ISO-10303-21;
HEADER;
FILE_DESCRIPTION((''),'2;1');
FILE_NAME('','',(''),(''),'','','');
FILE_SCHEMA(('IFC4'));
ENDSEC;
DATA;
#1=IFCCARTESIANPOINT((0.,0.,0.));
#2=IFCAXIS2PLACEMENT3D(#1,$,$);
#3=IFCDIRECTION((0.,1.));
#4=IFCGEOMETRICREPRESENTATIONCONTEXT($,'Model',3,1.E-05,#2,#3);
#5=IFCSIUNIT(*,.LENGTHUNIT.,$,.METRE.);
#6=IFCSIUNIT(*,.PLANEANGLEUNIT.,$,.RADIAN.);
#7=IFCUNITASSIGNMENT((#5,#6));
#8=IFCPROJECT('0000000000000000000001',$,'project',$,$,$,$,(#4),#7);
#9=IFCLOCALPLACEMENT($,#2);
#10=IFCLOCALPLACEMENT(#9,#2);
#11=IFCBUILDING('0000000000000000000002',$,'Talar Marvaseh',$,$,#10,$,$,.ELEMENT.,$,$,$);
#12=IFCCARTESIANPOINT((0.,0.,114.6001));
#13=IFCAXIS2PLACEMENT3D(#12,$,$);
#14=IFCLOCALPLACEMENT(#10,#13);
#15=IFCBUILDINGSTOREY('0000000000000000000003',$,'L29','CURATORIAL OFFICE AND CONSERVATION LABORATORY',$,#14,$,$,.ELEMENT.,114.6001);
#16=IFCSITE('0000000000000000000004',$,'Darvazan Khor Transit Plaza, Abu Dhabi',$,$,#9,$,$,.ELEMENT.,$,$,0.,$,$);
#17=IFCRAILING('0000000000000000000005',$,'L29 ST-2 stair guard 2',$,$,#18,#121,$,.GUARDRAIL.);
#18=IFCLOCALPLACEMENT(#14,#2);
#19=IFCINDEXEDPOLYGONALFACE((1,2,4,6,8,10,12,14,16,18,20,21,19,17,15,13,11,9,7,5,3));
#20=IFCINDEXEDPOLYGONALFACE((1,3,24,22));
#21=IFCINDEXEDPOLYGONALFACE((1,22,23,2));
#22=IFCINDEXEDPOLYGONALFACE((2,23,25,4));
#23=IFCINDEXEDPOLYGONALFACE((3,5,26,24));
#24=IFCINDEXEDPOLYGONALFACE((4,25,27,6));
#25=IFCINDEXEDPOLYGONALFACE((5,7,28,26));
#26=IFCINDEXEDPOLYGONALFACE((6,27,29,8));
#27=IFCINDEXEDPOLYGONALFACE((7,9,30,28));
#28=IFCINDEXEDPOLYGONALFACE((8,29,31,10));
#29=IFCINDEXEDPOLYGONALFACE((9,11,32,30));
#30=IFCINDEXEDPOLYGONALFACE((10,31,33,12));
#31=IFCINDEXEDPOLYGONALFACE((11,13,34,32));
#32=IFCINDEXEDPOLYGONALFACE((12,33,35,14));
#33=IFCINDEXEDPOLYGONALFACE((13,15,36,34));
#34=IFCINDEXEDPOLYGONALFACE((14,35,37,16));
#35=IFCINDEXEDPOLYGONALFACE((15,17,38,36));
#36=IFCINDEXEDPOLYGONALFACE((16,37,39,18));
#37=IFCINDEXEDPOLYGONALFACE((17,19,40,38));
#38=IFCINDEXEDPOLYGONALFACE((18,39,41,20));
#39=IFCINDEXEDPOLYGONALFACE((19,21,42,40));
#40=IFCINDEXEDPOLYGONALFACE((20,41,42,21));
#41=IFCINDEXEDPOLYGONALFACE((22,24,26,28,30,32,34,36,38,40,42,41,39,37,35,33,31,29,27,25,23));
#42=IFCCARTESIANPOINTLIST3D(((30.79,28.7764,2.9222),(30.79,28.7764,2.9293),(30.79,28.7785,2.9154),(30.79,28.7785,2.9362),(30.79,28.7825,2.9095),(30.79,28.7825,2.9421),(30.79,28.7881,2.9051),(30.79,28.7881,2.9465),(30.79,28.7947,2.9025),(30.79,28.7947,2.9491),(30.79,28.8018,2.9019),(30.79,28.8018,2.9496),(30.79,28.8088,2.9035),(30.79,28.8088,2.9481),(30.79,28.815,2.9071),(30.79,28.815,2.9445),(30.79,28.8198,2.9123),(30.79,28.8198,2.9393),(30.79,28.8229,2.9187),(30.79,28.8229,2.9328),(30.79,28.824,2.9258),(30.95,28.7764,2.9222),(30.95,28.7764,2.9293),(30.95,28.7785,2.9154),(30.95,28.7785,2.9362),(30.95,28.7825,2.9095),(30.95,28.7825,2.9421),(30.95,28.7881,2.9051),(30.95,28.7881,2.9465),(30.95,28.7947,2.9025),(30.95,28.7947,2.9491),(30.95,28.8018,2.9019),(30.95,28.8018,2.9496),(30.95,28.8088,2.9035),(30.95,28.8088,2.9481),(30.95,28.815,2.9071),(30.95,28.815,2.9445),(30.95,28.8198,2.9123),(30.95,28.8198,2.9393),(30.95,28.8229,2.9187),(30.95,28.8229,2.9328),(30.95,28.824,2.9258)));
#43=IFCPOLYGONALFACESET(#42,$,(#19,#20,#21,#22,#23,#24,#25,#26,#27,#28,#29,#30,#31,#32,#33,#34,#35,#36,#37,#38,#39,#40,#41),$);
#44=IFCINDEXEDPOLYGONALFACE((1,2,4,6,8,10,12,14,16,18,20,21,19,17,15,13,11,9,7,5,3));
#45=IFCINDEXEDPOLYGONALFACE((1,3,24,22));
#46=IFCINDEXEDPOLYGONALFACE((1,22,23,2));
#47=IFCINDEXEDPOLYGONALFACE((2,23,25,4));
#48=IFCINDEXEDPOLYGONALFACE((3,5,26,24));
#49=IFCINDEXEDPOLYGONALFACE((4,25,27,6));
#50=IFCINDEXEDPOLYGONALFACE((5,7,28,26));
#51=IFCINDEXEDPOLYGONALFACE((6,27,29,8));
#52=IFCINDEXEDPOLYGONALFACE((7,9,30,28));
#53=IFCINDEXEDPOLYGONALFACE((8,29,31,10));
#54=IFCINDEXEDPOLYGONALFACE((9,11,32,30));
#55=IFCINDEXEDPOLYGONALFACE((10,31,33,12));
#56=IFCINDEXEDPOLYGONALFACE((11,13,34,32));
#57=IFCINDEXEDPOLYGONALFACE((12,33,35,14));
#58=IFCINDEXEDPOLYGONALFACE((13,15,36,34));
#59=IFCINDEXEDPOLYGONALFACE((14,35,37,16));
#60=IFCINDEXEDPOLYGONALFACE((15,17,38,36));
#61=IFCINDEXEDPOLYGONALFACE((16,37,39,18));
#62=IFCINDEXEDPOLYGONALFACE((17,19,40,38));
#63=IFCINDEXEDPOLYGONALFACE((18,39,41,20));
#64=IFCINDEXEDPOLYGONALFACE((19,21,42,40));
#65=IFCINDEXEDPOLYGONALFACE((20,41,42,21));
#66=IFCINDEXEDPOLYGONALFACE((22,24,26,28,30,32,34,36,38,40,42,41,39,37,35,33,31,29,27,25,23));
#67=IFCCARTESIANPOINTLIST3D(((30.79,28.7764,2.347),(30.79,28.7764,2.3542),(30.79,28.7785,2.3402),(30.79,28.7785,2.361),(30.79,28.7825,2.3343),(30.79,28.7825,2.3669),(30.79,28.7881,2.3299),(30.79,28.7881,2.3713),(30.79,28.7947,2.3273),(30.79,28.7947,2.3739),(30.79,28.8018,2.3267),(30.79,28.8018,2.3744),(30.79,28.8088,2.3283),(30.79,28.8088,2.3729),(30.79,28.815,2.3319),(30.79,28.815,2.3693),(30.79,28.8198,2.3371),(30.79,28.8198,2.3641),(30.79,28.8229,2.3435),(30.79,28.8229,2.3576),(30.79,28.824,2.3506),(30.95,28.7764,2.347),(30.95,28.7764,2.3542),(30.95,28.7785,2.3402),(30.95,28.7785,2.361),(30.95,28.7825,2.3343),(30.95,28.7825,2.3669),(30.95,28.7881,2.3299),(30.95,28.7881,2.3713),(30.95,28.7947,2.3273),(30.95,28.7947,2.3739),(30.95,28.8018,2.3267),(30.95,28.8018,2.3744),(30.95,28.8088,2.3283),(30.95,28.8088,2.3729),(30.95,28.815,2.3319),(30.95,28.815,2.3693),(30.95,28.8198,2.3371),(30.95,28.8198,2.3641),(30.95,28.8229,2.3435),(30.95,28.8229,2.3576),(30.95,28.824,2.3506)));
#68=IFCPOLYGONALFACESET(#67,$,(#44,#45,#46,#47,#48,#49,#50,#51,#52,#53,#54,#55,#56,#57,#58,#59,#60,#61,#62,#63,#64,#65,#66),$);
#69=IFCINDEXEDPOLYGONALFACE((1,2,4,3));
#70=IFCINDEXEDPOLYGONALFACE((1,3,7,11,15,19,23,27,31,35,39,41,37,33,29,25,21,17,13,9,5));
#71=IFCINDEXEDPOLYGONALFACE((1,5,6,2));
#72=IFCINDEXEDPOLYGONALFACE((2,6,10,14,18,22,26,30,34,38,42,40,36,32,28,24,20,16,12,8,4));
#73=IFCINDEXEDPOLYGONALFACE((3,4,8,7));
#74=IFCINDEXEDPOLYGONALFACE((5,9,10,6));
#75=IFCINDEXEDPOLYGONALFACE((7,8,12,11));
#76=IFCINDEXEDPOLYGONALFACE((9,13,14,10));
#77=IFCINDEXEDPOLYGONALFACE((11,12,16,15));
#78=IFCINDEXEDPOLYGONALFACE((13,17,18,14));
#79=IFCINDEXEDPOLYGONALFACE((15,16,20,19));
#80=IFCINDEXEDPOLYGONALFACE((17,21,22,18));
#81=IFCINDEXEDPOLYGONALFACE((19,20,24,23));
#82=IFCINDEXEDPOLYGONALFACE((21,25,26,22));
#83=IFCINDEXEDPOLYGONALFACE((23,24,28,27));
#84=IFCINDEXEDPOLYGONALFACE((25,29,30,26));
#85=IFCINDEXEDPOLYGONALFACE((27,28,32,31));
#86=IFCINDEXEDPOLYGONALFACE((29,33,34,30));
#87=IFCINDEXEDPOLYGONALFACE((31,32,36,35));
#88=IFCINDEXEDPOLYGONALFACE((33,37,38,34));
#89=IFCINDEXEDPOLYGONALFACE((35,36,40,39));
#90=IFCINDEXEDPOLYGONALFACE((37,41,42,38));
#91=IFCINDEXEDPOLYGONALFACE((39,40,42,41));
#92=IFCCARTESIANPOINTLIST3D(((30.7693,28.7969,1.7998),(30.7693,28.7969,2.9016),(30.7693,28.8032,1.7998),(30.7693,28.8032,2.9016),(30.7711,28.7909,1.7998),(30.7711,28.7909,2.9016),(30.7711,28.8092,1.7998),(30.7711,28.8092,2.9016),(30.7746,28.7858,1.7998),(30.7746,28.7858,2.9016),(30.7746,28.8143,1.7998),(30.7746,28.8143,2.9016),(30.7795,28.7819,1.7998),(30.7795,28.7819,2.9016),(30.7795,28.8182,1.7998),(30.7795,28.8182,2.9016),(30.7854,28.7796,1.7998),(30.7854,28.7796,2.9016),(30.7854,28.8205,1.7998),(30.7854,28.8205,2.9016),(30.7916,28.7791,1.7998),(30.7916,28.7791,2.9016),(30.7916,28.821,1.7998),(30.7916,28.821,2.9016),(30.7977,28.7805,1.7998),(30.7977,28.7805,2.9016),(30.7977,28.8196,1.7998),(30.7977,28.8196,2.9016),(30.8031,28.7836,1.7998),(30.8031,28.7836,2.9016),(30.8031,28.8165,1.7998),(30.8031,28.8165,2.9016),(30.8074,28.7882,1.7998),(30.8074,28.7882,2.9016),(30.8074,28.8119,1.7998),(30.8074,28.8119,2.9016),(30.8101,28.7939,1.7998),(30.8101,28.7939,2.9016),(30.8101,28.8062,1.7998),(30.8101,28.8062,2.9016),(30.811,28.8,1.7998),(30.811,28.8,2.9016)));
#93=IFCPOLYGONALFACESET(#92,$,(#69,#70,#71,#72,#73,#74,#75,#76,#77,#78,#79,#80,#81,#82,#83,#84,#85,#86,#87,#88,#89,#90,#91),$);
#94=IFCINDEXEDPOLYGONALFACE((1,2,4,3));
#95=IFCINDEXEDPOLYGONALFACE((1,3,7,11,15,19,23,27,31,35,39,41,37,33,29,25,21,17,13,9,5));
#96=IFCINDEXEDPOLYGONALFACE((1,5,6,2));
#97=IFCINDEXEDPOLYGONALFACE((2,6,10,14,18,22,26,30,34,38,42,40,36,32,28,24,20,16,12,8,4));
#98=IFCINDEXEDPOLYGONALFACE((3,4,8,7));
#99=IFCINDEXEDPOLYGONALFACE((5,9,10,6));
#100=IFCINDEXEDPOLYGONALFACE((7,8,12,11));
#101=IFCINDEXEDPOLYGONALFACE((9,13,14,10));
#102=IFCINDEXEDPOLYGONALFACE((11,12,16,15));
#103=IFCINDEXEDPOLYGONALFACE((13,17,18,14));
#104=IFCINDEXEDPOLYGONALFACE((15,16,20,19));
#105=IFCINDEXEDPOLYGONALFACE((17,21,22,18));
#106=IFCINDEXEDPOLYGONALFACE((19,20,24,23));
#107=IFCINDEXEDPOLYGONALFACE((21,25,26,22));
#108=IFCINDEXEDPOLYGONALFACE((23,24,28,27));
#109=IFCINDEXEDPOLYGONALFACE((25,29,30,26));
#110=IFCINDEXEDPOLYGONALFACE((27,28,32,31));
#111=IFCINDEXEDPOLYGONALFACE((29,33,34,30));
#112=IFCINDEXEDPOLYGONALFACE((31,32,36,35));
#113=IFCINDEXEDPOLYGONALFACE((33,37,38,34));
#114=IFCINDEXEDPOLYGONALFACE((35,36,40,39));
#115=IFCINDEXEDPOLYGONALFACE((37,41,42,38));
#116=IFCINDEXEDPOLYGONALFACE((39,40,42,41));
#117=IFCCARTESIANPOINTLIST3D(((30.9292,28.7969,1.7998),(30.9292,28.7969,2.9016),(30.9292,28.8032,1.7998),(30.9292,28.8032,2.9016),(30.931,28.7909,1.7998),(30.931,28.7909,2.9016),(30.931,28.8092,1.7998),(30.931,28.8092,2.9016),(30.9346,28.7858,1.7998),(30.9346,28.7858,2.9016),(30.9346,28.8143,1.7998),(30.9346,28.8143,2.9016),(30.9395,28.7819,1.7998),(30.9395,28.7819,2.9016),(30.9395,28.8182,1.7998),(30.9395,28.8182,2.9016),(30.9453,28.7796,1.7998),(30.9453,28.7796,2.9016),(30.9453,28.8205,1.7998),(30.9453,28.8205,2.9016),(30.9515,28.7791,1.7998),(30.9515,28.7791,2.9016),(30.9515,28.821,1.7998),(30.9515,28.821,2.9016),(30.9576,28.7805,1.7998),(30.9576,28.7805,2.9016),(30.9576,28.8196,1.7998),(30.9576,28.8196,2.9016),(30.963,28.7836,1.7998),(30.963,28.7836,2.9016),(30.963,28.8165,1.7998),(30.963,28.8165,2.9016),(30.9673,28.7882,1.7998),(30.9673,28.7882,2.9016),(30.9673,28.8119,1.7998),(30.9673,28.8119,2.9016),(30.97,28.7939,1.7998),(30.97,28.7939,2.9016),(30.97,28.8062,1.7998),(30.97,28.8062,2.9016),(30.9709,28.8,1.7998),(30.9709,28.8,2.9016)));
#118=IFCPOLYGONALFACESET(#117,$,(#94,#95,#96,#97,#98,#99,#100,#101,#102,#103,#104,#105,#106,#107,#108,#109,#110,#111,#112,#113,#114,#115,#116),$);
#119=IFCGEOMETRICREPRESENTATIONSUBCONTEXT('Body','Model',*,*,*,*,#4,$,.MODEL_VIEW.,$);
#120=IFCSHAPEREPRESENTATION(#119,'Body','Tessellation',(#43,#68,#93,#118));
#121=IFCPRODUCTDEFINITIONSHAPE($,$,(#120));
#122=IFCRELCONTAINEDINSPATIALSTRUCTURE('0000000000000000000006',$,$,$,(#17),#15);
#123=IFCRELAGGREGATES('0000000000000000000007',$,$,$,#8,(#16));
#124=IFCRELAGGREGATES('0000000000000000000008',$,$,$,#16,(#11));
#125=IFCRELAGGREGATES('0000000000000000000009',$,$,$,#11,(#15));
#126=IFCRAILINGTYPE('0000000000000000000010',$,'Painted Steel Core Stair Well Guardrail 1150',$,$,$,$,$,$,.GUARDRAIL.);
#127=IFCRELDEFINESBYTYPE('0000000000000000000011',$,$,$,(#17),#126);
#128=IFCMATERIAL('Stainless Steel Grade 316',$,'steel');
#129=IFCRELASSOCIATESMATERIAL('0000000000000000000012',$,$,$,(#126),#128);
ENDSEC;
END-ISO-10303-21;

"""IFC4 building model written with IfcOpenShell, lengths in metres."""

from ifc_helpers import new_model, si_unit, direction, frame, origin, origin_2d, place, context, subcontext, project, spatial, circle, extrude, material, type_object, element, save


model = new_model("IFC4")

# Units and contexts
model_context = context("Model", 3, precision=1e-05, world=origin(), true_north=direction((0.0, 1.0)))
body_context = subcontext(model_context, "Body", "Model", "MODEL_VIEW")
ifc_project = project(units=[si_unit("LENGTHUNIT", "METRE"), si_unit("PLANEANGLEUNIT", "RADIAN")], contexts=[model_context])

# Site, building, storey
site_placement = place(None, origin())
site = spatial("IfcSite", under=ifc_project, at=site_placement, Name="Darvazan Khor Transit Plaza, Abu Dhabi", CompositionType="ELEMENT", RefElevation=0.0)
building_placement = place(site_placement, origin())
building = spatial("IfcBuilding", under=site, at=building_placement, Name="Talar Marvaseh", CompositionType="ELEMENT")
storey_placement = place(building_placement, frame((0.0, 0.0, 114.6001)))
storey = spatial("IfcBuildingStorey", under=building, at=storey_placement, Name="L29", Description="CURATORIAL OFFICE AND CONSERVATION LABORATORY", CompositionType="ELEMENT", Elevation=114.6001)

# Railing
ifc_material_1 = material(Name="Stainless Steel Grade 316", Category="steel")
railing_type_1 = type_object("IfcRailingType", Name="Painted Steel Core Stair Well Guardrail 1150", PredefinedType="GUARDRAIL", material=ifc_material_1)
railing_1_placement = place(storey_placement, frame((30.79, 28.8, 1.7998)))
element("IfcRailing", 1, at=railing_1_placement, inside=storey, type_object=railing_type_1, Name="L29 ST-2 stair guard 2", PredefinedType="GUARDRAIL", context=body_context, shape_type="SweptSolid", body=[
    extrude(circle(Radius=0.0239, at=origin_2d()), frame((0.0, 0.0, 1.126), z_axis=(1.0, 0.0, 0.0), x_axis=(0.0, 1.0, 0.0)), (0.0, 0.0, 1.0), 0.1599),
    extrude(circle(Radius=0.0239, at=origin_2d()), frame((0.0, 0.0, 0.5508), z_axis=(1.0, 0.0, 0.0), x_axis=(0.0, 1.0, 0.0)), (0.0, 0.0, 1.0), 0.1599),
    extrude(circle(Radius=0.021, at=origin_2d()), origin(), (0.0, 0.0, 1.0), 1.1018),
    extrude(circle(Radius=0.021, at=origin_2d()), frame((0.1599, 0.0, 0.0)), (0.0, 0.0, 1.0), 1.1018),
])

save(model, "model.ifc")
